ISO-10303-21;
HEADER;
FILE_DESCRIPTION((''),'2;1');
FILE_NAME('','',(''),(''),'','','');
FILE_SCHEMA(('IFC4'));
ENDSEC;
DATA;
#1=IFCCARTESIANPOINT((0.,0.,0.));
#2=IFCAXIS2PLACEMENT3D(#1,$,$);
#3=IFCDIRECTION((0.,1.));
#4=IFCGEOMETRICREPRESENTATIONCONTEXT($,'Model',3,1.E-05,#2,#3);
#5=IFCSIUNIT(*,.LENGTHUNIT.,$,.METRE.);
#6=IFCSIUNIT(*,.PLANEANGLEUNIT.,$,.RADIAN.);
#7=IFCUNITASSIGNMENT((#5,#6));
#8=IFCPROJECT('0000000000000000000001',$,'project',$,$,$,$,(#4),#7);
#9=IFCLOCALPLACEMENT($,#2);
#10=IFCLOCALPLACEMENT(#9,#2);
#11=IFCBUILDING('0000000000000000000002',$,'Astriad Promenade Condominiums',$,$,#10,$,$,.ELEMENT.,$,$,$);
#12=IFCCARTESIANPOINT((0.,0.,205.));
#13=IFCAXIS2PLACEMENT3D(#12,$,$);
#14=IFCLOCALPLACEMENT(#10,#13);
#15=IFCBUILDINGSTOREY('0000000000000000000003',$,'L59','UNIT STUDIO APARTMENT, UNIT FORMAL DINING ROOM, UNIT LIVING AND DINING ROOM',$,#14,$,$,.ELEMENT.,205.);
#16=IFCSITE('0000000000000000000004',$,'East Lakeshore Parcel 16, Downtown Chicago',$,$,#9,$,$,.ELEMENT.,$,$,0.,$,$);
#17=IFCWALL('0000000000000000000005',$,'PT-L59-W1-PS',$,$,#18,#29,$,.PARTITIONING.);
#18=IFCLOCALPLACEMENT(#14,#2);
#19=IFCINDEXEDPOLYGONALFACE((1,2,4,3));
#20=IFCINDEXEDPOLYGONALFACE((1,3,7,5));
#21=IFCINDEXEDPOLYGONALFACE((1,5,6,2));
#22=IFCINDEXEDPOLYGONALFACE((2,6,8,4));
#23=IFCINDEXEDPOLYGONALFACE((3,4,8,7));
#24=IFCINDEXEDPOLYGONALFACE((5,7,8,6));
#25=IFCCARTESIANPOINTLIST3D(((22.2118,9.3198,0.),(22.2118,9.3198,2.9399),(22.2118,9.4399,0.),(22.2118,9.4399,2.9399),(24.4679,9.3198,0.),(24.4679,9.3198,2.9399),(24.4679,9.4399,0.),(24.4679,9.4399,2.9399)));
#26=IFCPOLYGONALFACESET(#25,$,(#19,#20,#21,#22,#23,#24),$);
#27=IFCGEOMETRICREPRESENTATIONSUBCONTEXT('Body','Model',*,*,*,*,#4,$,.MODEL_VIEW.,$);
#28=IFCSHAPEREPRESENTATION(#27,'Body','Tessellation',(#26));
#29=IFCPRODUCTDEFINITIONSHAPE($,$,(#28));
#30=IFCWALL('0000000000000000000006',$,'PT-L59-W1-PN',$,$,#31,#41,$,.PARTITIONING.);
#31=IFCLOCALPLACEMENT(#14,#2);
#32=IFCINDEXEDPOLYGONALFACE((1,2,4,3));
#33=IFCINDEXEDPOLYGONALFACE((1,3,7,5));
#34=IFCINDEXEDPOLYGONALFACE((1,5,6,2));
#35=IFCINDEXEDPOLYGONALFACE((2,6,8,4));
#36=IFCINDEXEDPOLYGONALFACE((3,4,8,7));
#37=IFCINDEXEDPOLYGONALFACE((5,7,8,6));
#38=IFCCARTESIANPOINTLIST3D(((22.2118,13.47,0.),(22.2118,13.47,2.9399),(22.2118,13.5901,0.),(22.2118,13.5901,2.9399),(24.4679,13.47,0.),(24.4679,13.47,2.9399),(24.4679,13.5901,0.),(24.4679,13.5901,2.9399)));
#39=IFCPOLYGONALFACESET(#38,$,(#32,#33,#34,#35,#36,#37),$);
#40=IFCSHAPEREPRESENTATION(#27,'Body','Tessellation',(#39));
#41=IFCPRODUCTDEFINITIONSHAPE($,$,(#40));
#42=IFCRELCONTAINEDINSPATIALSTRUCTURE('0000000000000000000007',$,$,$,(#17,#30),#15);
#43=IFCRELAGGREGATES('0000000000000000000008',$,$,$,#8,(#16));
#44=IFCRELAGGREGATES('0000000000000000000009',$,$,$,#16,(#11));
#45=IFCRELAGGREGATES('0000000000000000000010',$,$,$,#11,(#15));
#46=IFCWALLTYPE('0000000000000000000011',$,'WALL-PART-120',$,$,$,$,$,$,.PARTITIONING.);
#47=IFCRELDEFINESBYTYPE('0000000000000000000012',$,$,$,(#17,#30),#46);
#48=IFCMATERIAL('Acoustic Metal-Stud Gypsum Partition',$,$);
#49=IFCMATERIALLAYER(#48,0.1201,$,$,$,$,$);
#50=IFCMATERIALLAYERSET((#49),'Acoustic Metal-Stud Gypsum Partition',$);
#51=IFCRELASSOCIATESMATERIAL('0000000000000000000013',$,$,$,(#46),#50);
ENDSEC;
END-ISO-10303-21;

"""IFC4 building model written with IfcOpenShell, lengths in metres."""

from ifc_helpers import new_model, si_unit, direction, frame, frame_2d, origin, place, context, subcontext, project, spatial, rectangle, extrude, material, layer, layer_set, type_object, element, save


model = new_model("IFC4")

# Units and contexts
model_context = context("Model", 3, precision=1e-05, world=origin(), true_north=direction((0.0, 1.0)))
body_context = subcontext(model_context, "Body", "Model", "MODEL_VIEW")
ifc_project = project(units=[si_unit("LENGTHUNIT", "METRE"), si_unit("PLANEANGLEUNIT", "RADIAN")], contexts=[model_context])

# Site, building, storey
site_placement = place(None, origin())
site = spatial("IfcSite", under=ifc_project, at=site_placement, Name="East Lakeshore Parcel 16, Downtown Chicago", CompositionType="ELEMENT", RefElevation=0.0)
building_placement = place(site_placement, origin())
building = spatial("IfcBuilding", under=site, at=building_placement, Name="Astriad Promenade Condominiums", CompositionType="ELEMENT")
storey_placement = place(building_placement, frame((0.0, 0.0, 205.0)))
storey = spatial("IfcBuildingStorey", under=building, at=storey_placement, Name="L59", Description="UNIT STUDIO APARTMENT, UNIT FORMAL DINING ROOM, UNIT LIVING AND DINING ROOM", CompositionType="ELEMENT", Elevation=205.0)

# Shared definitions
ifc_material_1 = material(Name="Acoustic Metal-Stud Gypsum Partition")
ifc_layer_1 = layer(ifc_material_1, 0.1201)
ifc_layer_set_1 = layer_set([ifc_layer_1], Name="Acoustic Metal-Stud Gypsum Partition")
wall_type_1 = type_object("IfcWallType", Name="WALL-PART-120", PredefinedType="PARTITIONING", material=ifc_layer_set_1)

# Walls
for number, where, z_axis, x_axis, name in (
    (1, (22.2119, 9.3799, 0.0), (0.0, 0.0, 1.0), (1.0, 0.0, 0.0), "PT-L59-W1-PS"),
    (2, (22.2119, 13.53, 0.0), (0.0, 0.0, 1.0), (1.0, 0.0, 0.0), "PT-L59-W1-PN"),
):
    element("IfcWall", number, at=place(storey_placement, frame(where, z_axis=z_axis, x_axis=x_axis)), inside=storey, type_object=wall_type_1, Name=name, PredefinedType="PARTITIONING", context=body_context, shape_type="SweptSolid", body=[
        extrude(rectangle(XDim=2.2561, YDim=0.1201, at=frame_2d((1.1279, 0.0))), origin(), (0.0, 0.0, 1.0), 2.9399),
    ])

save(model, "model.ifc")
